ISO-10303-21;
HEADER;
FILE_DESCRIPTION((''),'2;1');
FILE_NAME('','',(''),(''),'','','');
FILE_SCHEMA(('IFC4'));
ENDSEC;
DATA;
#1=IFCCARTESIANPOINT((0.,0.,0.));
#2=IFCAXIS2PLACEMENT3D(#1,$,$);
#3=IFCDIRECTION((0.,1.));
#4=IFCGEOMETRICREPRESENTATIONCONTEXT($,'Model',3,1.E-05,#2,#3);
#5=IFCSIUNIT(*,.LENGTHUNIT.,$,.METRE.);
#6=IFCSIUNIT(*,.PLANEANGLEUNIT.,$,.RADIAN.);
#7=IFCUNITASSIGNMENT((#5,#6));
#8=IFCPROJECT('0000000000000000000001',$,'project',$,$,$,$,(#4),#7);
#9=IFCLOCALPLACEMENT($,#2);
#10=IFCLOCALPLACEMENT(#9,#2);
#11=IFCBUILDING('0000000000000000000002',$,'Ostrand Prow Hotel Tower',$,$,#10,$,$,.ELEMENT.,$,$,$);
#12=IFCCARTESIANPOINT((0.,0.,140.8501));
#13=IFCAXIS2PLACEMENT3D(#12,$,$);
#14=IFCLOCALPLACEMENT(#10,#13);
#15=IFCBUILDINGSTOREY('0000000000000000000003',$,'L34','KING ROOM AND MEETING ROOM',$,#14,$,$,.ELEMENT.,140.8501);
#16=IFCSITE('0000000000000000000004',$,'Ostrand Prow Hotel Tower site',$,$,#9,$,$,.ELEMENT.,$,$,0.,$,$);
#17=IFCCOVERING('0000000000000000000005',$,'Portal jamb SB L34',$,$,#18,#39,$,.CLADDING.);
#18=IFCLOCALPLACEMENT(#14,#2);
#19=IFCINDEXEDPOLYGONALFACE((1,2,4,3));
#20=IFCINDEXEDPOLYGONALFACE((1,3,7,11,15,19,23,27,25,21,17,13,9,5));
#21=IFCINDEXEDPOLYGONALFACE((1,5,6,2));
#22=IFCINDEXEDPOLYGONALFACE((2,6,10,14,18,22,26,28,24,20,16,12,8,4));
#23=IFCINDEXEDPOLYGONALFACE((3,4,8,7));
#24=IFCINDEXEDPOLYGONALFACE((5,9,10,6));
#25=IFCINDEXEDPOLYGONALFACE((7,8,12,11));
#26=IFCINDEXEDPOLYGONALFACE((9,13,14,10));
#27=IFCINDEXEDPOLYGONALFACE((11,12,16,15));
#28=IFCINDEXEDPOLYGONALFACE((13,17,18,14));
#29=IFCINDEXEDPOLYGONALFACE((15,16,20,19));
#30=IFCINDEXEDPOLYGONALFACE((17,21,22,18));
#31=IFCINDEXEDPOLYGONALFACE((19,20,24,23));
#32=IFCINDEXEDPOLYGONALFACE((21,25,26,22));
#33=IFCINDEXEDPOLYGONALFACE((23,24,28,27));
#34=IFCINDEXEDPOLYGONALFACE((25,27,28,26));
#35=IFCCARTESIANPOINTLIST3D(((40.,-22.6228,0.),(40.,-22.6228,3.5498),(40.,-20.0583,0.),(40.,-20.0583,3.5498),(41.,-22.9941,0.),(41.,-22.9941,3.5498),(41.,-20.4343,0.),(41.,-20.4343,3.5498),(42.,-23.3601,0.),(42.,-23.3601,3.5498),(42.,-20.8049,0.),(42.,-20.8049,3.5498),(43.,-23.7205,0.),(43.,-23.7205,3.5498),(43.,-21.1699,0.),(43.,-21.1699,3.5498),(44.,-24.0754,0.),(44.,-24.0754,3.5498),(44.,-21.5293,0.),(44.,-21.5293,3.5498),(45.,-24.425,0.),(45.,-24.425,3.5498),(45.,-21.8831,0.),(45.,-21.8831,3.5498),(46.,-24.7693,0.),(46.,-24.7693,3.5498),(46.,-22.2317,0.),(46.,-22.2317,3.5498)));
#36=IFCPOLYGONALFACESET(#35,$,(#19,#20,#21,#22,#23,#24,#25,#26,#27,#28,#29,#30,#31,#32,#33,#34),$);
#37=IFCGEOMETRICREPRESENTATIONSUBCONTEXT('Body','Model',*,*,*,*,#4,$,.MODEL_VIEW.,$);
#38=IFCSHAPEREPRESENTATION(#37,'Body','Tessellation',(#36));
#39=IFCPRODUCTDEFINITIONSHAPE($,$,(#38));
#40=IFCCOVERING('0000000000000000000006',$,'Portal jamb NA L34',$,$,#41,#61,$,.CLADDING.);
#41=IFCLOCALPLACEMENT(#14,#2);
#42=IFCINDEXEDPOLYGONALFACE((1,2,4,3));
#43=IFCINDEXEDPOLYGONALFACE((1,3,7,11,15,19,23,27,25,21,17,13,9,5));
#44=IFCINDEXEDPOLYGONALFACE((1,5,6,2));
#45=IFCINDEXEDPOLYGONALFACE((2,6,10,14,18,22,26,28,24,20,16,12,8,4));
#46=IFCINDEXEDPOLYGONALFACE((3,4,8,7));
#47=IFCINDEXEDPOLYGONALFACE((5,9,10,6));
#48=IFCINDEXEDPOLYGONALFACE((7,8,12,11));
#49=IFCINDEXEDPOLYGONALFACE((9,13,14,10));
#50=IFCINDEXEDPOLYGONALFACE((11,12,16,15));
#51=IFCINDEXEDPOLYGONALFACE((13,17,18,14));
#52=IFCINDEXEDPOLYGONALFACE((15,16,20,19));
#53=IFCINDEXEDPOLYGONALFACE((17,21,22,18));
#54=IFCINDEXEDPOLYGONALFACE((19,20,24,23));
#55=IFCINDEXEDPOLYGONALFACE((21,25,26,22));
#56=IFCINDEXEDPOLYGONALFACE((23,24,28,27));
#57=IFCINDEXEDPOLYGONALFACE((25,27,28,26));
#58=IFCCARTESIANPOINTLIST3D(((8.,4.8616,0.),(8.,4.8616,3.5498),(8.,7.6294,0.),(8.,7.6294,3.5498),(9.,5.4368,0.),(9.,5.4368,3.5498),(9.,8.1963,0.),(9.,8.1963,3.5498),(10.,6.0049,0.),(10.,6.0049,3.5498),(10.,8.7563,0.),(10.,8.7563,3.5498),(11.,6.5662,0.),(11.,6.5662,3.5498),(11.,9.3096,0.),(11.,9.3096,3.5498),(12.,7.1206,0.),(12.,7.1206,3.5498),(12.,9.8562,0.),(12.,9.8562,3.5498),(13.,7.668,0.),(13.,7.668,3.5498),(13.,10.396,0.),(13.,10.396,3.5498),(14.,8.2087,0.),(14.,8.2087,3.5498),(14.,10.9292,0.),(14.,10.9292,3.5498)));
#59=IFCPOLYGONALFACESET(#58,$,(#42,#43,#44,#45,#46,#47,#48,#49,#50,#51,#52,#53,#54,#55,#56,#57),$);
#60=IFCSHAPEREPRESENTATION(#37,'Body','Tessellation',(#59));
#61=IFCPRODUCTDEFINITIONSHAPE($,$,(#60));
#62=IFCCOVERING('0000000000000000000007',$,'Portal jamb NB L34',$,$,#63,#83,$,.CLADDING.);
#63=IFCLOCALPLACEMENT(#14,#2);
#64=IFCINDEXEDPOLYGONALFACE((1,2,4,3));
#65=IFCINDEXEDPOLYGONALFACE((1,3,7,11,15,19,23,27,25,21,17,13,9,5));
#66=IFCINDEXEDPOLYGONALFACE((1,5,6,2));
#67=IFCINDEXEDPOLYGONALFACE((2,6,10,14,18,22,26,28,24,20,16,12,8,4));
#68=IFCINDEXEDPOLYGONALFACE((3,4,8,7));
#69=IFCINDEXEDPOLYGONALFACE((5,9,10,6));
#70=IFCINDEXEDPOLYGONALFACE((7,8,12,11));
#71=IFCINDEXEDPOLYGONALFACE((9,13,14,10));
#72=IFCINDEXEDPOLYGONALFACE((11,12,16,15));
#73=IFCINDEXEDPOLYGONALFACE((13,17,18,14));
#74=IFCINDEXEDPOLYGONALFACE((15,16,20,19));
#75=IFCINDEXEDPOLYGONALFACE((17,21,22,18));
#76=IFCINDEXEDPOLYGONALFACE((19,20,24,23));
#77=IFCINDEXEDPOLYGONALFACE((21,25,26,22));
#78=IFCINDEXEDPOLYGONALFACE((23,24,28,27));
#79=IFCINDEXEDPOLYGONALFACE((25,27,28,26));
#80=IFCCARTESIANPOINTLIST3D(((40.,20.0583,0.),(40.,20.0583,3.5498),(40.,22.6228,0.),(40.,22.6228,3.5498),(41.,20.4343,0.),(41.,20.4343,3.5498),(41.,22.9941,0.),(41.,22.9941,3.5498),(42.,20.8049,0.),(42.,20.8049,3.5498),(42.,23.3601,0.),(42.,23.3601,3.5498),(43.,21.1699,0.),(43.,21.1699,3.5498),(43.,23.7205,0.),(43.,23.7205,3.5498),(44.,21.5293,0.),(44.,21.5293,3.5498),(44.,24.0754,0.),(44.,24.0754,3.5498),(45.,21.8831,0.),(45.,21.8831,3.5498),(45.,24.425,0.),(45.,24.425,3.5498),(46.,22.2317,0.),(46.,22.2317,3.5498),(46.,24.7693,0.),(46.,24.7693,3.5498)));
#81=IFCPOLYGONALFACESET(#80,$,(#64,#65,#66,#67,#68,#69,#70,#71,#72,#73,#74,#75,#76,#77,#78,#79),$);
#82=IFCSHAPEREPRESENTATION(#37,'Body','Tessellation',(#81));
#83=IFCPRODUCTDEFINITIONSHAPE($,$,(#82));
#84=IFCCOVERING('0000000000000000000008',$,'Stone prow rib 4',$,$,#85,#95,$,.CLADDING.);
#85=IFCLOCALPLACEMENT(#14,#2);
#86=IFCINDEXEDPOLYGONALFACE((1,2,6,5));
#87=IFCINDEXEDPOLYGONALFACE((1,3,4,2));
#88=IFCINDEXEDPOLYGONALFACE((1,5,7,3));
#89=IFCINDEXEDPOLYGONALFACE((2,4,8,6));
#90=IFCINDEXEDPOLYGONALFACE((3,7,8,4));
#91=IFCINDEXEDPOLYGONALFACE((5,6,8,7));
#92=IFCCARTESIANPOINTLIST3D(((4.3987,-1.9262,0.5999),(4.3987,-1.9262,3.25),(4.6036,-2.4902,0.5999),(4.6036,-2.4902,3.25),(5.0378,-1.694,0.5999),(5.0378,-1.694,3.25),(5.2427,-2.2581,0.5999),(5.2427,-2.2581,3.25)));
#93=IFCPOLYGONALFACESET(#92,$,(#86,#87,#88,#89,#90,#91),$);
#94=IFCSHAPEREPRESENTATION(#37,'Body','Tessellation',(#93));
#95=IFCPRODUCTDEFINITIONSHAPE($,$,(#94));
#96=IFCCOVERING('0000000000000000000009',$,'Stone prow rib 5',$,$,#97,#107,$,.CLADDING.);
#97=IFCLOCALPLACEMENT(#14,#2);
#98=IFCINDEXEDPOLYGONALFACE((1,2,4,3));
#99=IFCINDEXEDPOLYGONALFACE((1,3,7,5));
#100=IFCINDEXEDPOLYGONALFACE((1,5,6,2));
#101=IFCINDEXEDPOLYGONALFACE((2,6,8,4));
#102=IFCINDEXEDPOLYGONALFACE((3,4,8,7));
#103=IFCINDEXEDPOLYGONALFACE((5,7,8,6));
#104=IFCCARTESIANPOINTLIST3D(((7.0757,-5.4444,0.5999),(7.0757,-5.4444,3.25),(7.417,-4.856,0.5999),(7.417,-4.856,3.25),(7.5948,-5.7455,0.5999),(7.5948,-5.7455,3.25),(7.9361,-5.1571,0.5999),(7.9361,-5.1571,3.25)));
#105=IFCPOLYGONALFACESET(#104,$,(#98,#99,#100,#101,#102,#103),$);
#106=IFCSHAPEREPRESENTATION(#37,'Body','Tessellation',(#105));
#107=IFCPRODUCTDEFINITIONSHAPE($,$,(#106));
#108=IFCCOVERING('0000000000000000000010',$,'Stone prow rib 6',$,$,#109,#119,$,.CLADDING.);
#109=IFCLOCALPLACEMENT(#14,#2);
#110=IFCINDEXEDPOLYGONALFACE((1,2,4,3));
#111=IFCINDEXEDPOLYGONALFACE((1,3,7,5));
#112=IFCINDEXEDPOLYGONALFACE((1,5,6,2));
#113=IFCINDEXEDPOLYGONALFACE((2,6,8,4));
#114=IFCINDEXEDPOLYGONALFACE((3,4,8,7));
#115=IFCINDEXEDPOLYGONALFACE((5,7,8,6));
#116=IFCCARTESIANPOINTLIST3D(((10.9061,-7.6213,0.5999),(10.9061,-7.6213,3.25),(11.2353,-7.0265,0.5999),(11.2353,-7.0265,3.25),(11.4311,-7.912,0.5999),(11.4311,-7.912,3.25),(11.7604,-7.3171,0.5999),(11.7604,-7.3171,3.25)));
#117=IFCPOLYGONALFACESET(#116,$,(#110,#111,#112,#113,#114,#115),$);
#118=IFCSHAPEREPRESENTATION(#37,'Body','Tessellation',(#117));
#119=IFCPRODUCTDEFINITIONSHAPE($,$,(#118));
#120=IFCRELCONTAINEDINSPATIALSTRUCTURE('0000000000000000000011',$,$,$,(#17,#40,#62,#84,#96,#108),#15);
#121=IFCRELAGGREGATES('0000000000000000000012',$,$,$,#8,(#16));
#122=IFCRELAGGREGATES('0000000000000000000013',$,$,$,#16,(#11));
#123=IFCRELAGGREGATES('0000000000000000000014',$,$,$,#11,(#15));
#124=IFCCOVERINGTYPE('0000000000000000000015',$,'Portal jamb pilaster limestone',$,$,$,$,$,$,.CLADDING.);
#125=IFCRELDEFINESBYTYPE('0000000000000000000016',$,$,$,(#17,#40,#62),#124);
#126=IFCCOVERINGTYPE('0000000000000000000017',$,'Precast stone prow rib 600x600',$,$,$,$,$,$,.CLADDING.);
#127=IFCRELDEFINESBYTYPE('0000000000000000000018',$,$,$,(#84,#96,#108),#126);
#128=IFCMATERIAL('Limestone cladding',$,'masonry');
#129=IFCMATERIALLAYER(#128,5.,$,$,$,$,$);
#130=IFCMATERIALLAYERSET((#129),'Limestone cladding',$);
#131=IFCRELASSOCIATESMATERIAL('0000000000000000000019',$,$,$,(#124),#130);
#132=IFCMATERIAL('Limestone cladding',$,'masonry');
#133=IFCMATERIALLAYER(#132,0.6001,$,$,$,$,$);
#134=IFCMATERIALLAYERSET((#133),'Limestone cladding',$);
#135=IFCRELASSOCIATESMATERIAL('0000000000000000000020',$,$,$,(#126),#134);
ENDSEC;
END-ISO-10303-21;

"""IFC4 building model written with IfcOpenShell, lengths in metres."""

from ifc_helpers import new_model, si_unit, direction, frame, frame_2d, origin, place, context, subcontext, project, spatial, polyline, rectangle, outline, extrude, material, layer, layer_set, type_object, element, save


model = new_model("IFC4")

# Units and contexts
model_context = context("Model", 3, precision=1e-05, world=origin(), true_north=direction((0.0, 1.0)))
body_context = subcontext(model_context, "Body", "Model", "MODEL_VIEW")
ifc_project = project(units=[si_unit("LENGTHUNIT", "METRE"), si_unit("PLANEANGLEUNIT", "RADIAN")], contexts=[model_context])

# Site, building, storey
site_placement = place(None, origin())
site = spatial("IfcSite", under=ifc_project, at=site_placement, Name="Ostrand Prow Hotel Tower site", CompositionType="ELEMENT", RefElevation=0.0)
building_placement = place(site_placement, origin())
building = spatial("IfcBuilding", under=site, at=building_placement, Name="Ostrand Prow Hotel Tower", CompositionType="ELEMENT")
storey_placement = place(building_placement, frame((0.0, 0.0, 140.8501)))
storey = spatial("IfcBuildingStorey", under=building, at=storey_placement, Name="L34", Description="KING ROOM AND MEETING ROOM", CompositionType="ELEMENT", Elevation=140.8501)

# Coverings
ifc_material_1 = material(Name="Limestone cladding", Category="masonry")
ifc_layer_1 = layer(ifc_material_1, 5.0)
ifc_layer_set_1 = layer_set([ifc_layer_1], Name="Limestone cladding")
covering_type_1 = type_object("IfcCoveringType", Name="Portal jamb pilaster limestone", PredefinedType="CLADDING", material=ifc_layer_set_1)
covering_1_placement = place(storey_placement, origin())
element("IfcCovering", 1, at=covering_1_placement, inside=storey, type_object=covering_type_1, Name="Portal jamb SB L34", PredefinedType="CLADDING", context=body_context, shape_type="SweptSolid", body=[
    extrude(outline(polyline([(40.0, -20.0583), (40.0, -22.6228), (41.0, -22.9941), (42.0, -23.3601), (43.0, -23.7205), (44.0, -24.0754), (45.0, -24.425), (46.0, -24.7693), (46.0, -22.2317), (45.0, -21.8831), (44.0, -21.5293), (43.0, -21.1699), (42.0, -20.8049), (41.0, -20.4343), (40.0, -20.0583)])), origin(), (0.0, 0.0, 1.0), 3.5498),
])
covering_2_placement = place(storey_placement, origin())
element("IfcCovering", 2, at=covering_2_placement, inside=storey, type_object=covering_type_1, Name="Portal jamb NA L34", PredefinedType="CLADDING", context=body_context, shape_type="SweptSolid", body=[
    extrude(outline(polyline([(8.0, 4.8616), (9.0, 5.4368), (10.0, 6.0049), (11.0, 6.5662), (12.0, 7.1206), (13.0, 7.668), (14.0, 8.2087), (14.0, 10.9292), (13.0, 10.396), (12.0, 9.8562), (11.0, 9.3096), (10.0, 8.7563), (9.0, 8.1963), (8.0, 7.6294), (8.0, 4.8616)])), origin(), (0.0, 0.0, 1.0), 3.5498),
])
covering_3_placement = place(storey_placement, origin())
element("IfcCovering", 3, at=covering_3_placement, inside=storey, type_object=covering_type_1, Name="Portal jamb NB L34", PredefinedType="CLADDING", context=body_context, shape_type="SweptSolid", body=[
    extrude(outline(polyline([(40.0, 20.0583), (41.0, 20.4343), (42.0, 20.8049), (43.0, 21.1699), (44.0, 21.5293), (45.0, 21.8831), (46.0, 22.2317), (46.0, 24.7693), (45.0, 24.425), (44.0, 24.0754), (43.0, 23.7205), (42.0, 23.3601), (41.0, 22.9941), (40.0, 22.6228), (40.0, 20.0583)])), origin(), (0.0, 0.0, 1.0), 3.5498),
])
ifc_material_2 = material(Name="Limestone cladding", Category="masonry")
ifc_layer_2 = layer(ifc_material_2, 0.6001)
ifc_layer_set_2 = layer_set([ifc_layer_2], Name="Limestone cladding")
covering_type_2 = type_object("IfcCoveringType", Name="Precast stone prow rib 600x600", PredefinedType="CLADDING", material=ifc_layer_set_2)
covering_4_placement = place(storey_placement, frame((5.1401, -1.9761, 0.5999), z_axis=(0.0, 0.0, 1.0), x_axis=(-0.939909, -0.341426, 0.0)))
element("IfcCovering", 4, at=covering_4_placement, inside=storey, type_object=covering_type_2, Name="Stone prow rib 4", PredefinedType="CLADDING", context=body_context, shape_type="SweptSolid", body=[
    extrude(rectangle(XDim=0.6799, YDim=0.6001, at=frame_2d((0.3398, 0.0))), origin(), (0.0, 0.0, 1.0), 2.6501),
])
covering_5_placement = place(storey_placement, frame((7.6765, -5.0066, 0.5999), z_axis=(0.0, 0.0, 1.0), x_axis=(-0.501772, -0.865, 0.0)))
element("IfcCovering", 5, at=covering_5_placement, inside=storey, type_object=covering_type_2, Name="Stone prow rib 5", PredefinedType="CLADDING", context=body_context, shape_type="SweptSolid", body=[
    extrude(rectangle(XDim=0.6802, YDim=0.6001, at=frame_2d((0.3401, 0.0))), origin(), (0.0, 0.0, 1.0), 2.6501),
])
covering_6_placement = place(storey_placement, frame((11.4978, -7.1719, 0.5999), z_axis=(0.0, 0.0, 1.0), x_axis=(-0.484301, -0.874901, 0.0)))
element("IfcCovering", 6, at=covering_6_placement, inside=storey, type_object=covering_type_2, Name="Stone prow rib 6", PredefinedType="CLADDING", context=body_context, shape_type="SweptSolid", body=[
    extrude(rectangle(XDim=0.6799, YDim=0.6001, at=frame_2d((0.3398, 0.0))), origin(), (0.0, 0.0, 1.0), 2.6501),
])

save(model, "model.ifc")
